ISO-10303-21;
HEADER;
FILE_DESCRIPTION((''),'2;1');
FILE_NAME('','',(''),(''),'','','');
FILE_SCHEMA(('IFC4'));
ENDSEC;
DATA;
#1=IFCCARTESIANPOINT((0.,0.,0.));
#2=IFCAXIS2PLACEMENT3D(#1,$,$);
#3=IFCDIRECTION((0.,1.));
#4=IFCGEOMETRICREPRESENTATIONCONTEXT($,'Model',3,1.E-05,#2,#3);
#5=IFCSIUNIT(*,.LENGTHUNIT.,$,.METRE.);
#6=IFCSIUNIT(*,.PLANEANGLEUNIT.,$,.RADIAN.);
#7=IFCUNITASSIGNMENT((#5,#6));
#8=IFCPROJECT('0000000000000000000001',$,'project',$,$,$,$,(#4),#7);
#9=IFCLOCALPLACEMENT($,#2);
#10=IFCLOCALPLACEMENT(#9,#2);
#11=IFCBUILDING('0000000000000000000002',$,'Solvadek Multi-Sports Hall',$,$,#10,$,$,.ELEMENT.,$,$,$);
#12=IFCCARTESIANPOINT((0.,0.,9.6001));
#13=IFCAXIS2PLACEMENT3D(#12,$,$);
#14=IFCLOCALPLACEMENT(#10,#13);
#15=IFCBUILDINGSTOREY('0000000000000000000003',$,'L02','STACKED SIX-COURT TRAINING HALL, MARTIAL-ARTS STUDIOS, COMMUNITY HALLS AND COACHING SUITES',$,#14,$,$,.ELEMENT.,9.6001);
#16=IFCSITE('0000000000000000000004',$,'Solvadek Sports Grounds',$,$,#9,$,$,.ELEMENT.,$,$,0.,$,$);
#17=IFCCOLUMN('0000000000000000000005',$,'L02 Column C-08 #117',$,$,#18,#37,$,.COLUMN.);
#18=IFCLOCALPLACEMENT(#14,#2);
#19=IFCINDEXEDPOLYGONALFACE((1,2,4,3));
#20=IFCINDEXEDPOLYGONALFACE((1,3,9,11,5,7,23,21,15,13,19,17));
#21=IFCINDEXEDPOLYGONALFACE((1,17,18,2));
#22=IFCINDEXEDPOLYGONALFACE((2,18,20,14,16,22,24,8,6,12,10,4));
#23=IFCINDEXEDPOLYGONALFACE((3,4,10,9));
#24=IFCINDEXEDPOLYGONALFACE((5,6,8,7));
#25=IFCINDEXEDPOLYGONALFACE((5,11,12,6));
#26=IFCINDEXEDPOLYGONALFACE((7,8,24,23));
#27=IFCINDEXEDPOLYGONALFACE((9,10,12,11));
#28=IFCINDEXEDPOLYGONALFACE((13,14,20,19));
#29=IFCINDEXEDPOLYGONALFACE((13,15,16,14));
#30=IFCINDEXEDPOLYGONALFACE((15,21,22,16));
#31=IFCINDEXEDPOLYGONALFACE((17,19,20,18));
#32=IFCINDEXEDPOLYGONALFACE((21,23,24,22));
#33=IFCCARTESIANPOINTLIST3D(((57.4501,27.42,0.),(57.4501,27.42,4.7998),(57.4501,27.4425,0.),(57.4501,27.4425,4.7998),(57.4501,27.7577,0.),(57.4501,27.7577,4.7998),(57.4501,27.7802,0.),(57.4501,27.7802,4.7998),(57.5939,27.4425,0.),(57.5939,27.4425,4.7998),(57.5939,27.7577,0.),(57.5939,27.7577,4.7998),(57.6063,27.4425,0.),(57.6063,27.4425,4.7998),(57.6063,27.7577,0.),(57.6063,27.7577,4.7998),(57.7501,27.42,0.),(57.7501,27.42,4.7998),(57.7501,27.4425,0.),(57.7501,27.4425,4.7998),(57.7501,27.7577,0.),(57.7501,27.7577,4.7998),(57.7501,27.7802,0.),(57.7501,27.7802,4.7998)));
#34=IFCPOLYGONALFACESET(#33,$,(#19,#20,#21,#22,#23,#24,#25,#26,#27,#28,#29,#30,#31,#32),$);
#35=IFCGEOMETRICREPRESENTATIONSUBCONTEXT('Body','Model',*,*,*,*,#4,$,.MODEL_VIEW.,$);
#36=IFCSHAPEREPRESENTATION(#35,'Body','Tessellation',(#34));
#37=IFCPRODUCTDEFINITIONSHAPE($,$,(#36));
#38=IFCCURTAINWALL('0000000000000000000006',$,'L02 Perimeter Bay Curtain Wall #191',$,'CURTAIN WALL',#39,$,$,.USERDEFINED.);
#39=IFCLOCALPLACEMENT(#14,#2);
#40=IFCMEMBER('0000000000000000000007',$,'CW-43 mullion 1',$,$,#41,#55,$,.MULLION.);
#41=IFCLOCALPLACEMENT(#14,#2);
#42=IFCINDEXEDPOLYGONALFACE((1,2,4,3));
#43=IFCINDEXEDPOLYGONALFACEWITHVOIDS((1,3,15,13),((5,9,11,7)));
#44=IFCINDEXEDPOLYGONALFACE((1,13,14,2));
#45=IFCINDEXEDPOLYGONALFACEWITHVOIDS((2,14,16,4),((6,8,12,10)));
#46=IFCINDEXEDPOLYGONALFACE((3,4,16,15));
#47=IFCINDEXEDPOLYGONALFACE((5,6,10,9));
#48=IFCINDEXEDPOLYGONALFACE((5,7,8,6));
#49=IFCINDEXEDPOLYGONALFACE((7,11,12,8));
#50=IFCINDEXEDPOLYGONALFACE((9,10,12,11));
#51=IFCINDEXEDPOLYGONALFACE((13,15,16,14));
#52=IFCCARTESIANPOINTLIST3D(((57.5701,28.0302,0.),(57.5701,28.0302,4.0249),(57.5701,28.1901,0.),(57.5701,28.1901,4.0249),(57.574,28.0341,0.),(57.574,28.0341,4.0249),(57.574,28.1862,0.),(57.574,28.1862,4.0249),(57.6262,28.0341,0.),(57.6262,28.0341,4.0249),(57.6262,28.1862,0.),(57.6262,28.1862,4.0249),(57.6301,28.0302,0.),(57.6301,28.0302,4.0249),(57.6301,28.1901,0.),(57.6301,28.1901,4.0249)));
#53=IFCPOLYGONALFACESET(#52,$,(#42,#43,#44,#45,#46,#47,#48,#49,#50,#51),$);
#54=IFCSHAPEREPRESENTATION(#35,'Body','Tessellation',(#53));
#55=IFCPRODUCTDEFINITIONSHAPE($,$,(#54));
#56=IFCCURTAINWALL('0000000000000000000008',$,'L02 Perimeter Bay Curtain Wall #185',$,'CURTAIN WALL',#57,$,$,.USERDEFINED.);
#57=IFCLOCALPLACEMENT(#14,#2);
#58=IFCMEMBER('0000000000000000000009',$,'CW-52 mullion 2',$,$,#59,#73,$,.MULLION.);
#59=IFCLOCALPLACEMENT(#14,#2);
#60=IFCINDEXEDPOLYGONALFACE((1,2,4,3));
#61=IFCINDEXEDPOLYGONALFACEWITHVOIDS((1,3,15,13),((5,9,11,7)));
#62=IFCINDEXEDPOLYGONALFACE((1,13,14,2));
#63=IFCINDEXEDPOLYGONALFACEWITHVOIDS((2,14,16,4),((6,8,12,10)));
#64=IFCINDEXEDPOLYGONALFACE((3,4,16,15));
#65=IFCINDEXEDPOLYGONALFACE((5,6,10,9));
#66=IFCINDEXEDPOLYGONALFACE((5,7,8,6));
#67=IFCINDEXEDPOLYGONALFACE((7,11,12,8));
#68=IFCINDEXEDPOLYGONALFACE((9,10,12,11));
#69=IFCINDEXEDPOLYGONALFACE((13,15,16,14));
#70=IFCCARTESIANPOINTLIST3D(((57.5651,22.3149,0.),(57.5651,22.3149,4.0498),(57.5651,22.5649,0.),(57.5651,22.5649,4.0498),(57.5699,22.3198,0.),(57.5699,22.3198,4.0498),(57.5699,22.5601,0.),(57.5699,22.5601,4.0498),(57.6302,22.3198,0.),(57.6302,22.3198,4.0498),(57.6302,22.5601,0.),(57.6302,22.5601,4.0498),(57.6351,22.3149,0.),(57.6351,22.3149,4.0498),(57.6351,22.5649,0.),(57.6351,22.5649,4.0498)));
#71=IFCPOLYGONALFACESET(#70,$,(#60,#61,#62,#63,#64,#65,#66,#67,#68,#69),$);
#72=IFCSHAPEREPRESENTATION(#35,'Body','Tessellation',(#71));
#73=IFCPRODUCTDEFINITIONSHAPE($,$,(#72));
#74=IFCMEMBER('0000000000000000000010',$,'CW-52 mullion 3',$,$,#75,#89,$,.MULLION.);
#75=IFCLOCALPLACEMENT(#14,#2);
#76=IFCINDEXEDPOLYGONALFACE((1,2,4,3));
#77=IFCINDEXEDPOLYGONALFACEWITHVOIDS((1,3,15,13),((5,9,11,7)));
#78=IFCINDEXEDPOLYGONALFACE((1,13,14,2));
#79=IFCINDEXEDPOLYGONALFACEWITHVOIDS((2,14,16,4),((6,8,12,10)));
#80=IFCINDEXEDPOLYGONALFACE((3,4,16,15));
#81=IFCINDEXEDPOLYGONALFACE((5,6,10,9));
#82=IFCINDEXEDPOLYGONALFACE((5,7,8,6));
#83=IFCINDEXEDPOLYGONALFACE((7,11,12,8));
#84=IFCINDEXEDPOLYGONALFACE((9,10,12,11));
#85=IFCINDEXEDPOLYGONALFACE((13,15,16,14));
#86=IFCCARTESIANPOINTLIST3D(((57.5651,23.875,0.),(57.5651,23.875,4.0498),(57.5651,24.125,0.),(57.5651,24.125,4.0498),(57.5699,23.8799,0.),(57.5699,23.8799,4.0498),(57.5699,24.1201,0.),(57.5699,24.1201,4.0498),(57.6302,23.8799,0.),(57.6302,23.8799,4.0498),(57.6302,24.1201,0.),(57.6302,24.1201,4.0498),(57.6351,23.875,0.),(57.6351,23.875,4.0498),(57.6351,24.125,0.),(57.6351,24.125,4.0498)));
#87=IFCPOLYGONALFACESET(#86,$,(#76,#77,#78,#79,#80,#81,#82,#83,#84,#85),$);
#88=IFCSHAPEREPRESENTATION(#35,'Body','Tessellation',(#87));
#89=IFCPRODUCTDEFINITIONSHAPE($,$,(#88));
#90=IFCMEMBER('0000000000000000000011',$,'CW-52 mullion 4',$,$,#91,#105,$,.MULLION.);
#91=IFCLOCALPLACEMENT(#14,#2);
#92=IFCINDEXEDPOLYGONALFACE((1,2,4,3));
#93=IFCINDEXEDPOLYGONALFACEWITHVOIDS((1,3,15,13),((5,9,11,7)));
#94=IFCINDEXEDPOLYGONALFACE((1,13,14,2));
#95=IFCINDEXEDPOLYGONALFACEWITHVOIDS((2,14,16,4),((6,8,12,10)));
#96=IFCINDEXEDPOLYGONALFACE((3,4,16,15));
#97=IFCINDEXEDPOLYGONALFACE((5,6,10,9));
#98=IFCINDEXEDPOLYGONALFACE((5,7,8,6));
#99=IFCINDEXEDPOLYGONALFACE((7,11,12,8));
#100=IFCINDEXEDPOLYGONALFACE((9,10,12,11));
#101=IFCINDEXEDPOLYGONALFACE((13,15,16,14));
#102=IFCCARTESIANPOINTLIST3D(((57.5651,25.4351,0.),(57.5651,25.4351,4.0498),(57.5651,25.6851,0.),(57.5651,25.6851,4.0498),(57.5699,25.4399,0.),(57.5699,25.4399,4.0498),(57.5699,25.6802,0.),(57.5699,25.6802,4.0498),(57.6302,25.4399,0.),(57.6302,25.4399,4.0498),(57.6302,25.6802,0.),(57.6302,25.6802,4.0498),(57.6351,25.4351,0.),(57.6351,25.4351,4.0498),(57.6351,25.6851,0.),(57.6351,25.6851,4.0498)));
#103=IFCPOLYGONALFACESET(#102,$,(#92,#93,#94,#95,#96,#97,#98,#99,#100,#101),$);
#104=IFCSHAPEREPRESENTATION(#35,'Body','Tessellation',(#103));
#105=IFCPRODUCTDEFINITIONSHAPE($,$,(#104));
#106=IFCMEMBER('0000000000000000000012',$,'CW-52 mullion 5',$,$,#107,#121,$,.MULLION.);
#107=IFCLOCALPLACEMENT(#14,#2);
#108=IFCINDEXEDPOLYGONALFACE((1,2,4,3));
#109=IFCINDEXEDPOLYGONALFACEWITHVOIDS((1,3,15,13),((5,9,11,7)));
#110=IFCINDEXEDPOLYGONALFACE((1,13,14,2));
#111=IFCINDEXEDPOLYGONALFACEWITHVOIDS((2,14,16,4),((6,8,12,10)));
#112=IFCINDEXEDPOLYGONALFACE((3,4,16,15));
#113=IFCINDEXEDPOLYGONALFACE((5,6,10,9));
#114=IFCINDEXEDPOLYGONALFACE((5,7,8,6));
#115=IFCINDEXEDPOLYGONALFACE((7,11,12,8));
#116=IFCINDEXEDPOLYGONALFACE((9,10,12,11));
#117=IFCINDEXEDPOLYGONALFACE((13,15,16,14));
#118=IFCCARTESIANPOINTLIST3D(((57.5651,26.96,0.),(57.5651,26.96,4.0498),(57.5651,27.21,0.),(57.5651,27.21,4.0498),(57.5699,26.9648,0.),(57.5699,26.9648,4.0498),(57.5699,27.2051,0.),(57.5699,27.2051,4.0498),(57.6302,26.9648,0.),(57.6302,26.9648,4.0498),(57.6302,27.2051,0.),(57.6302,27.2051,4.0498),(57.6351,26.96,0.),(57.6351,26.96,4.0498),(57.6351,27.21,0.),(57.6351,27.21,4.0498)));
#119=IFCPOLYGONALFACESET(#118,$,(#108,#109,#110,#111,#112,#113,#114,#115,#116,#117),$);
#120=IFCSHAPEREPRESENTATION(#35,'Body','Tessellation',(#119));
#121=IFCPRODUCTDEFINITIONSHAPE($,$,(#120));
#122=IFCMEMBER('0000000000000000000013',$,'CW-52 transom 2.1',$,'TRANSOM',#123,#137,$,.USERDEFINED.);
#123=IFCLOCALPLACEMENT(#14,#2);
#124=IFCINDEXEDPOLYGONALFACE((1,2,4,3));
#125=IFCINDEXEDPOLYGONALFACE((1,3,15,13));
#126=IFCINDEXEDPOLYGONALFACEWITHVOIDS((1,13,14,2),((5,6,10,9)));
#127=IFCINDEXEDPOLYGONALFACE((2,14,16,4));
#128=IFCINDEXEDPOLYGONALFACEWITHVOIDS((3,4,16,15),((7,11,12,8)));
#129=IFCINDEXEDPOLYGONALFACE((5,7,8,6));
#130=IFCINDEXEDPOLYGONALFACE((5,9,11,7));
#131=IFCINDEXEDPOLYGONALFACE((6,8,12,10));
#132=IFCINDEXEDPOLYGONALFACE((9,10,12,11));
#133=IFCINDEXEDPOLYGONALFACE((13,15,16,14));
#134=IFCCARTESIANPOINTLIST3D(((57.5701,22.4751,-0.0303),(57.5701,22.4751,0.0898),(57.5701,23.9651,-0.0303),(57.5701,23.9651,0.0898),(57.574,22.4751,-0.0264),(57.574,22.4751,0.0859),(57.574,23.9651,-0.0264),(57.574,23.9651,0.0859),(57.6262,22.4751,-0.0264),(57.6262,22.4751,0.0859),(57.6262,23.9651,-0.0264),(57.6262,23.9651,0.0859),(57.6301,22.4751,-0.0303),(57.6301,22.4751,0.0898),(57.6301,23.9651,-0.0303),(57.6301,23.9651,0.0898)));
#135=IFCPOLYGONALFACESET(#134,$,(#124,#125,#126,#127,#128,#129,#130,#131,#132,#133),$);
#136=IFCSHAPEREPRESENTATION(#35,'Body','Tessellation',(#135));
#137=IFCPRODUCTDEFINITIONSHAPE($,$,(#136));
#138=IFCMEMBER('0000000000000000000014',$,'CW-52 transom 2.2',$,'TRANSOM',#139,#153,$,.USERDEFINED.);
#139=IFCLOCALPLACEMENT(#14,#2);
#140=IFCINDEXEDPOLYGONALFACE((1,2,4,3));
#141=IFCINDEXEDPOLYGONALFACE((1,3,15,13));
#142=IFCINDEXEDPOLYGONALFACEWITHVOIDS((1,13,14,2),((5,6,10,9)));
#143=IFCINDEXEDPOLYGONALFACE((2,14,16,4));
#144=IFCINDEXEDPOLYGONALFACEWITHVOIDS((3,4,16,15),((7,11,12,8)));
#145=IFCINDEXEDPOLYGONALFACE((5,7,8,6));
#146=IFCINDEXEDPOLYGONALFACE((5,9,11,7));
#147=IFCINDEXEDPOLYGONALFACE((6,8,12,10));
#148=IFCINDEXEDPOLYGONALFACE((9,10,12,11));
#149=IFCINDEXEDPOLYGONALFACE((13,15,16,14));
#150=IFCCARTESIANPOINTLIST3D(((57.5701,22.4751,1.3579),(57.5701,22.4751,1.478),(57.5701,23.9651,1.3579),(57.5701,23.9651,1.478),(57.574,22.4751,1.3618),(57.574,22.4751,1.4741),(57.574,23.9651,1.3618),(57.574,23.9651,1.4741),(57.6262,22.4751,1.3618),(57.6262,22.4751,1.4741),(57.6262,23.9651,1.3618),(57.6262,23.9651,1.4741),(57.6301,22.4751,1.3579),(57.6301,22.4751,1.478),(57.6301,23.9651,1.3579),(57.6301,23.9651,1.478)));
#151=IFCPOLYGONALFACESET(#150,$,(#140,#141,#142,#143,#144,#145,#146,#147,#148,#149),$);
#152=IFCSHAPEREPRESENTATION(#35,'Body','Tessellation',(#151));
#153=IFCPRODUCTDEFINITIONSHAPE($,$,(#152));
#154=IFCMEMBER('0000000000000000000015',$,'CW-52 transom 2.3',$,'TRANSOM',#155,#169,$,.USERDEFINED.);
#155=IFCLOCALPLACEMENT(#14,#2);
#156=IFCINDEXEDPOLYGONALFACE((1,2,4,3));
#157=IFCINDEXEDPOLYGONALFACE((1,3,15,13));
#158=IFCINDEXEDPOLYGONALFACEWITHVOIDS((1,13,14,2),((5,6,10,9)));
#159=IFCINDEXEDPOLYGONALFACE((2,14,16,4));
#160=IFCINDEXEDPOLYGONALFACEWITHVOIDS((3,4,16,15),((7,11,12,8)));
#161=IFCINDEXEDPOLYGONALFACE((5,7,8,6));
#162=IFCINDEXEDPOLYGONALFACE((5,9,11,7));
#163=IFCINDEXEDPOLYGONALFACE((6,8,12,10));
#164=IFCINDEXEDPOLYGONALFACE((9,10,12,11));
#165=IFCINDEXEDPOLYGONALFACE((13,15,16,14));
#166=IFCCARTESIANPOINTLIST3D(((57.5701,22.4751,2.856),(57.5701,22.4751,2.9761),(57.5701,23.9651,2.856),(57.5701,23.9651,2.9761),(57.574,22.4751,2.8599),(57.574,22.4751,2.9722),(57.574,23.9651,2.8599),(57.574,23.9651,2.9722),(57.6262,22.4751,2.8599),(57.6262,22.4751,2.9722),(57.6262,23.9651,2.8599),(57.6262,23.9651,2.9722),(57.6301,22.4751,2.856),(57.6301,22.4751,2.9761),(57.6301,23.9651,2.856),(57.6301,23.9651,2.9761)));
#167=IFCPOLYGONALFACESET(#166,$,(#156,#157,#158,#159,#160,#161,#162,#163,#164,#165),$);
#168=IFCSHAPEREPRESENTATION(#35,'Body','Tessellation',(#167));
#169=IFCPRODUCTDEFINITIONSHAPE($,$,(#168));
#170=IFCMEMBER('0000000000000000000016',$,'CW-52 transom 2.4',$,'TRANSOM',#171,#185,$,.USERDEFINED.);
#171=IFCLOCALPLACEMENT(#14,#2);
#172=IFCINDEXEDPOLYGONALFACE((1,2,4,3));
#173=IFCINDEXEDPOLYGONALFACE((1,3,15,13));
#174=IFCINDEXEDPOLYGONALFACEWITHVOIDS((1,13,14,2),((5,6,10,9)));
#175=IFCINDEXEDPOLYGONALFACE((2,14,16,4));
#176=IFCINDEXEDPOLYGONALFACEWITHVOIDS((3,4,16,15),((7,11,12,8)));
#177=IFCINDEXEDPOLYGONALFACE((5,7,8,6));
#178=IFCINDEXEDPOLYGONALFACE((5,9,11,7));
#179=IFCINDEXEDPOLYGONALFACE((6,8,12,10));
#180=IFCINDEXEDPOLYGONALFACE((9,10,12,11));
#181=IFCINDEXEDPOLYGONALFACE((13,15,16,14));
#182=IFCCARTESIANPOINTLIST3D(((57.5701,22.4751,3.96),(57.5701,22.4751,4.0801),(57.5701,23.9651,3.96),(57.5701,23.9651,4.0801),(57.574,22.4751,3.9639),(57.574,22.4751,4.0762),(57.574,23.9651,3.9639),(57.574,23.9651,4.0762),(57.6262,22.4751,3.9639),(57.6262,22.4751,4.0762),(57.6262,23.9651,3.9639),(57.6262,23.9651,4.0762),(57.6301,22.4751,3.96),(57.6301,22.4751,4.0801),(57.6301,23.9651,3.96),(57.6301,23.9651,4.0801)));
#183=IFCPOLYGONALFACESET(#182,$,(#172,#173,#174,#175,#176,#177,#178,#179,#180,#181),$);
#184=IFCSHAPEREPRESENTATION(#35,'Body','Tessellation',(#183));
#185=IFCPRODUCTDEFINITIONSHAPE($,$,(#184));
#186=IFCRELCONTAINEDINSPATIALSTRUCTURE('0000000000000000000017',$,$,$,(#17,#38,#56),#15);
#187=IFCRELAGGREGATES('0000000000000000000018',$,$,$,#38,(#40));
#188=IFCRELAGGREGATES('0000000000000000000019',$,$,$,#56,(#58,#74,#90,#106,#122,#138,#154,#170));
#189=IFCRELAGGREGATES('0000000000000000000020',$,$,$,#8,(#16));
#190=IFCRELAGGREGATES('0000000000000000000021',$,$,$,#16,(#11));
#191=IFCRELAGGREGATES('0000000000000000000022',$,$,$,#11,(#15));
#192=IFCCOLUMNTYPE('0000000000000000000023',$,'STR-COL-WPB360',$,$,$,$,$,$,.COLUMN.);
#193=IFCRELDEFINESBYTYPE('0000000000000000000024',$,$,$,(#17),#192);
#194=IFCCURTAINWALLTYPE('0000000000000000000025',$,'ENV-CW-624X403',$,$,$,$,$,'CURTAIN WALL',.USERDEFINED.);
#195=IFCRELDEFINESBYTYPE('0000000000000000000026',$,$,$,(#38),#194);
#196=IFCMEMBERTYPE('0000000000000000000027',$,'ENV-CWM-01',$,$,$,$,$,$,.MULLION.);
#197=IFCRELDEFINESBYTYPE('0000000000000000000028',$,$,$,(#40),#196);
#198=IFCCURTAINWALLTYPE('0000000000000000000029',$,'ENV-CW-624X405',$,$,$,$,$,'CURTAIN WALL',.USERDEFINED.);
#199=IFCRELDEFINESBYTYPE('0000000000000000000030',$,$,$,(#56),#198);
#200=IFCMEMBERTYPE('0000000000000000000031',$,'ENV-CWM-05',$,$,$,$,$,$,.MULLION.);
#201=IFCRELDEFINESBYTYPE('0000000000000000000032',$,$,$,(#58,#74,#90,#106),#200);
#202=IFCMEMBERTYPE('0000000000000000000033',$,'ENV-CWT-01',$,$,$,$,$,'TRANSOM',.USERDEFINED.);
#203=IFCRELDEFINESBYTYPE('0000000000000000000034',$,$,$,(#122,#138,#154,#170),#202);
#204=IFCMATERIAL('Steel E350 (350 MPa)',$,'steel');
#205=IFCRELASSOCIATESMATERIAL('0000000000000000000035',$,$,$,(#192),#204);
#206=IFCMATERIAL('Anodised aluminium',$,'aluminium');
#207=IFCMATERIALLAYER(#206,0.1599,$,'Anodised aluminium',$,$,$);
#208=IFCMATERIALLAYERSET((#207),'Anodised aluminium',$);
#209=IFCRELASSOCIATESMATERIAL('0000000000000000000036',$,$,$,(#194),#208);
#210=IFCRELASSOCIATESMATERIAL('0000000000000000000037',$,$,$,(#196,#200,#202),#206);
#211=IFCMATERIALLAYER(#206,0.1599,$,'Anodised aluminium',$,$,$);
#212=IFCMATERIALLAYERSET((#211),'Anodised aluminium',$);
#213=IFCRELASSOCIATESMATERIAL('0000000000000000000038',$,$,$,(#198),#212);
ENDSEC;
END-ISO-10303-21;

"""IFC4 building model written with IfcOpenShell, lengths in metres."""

from ifc_helpers import new_model, si_unit, direction, frame, origin, origin_2d, place, context, subcontext, project, spatial, hollow_rectangle, i_section, extrude, material, layer, layer_set, material_profile, profile_set, type_object, element, aggregate, save


model = new_model("IFC4")

# Units and contexts
model_context = context("Model", 3, precision=1e-05, world=origin(), true_north=direction((0.0, 1.0)))
body_context = subcontext(model_context, "Body", "Model", "MODEL_VIEW")
ifc_project = project(units=[si_unit("LENGTHUNIT", "METRE"), si_unit("PLANEANGLEUNIT", "RADIAN")], contexts=[model_context])

# Site, building, storey
site_placement = place(None, origin())
site = spatial("IfcSite", under=ifc_project, at=site_placement, Name="Solvadek Sports Grounds", CompositionType="ELEMENT", RefElevation=0.0)
building_placement = place(site_placement, origin())
building = spatial("IfcBuilding", under=site, at=building_placement, Name="Solvadek Multi-Sports Hall", CompositionType="ELEMENT")
storey_placement = place(building_placement, frame((0.0, 0.0, 9.6001)))
storey = spatial("IfcBuildingStorey", under=building, at=storey_placement, Name="L02", Description="STACKED SIX-COURT TRAINING HALL, MARTIAL-ARTS STUDIOS, COMMUNITY HALLS AND COACHING SUITES", CompositionType="ELEMENT", Elevation=9.6001)

# Column
ifc_material_1 = material(Name="Steel E350 (350 MPa)", Category="steel")
ifc_material_profile_1 = material_profile(ifc_material_1, i_section(OverallWidth=0.3, OverallDepth=0.3601, WebThickness=0.0125, FlangeThickness=0.0225, at=origin_2d()), Name="WPB 360")
ifc_profile_set_1 = profile_set([ifc_material_profile_1], Name="Steel E350 (350 MPa)")
column_type = type_object("IfcColumnType", Name="STR-COL-WPB360", PredefinedType="COLUMN", material=ifc_profile_set_1)
column_placement = place(storey_placement, frame((57.6001, 27.6001, 0.0), z_axis=(0.0, 0.0, 1.0), x_axis=(1.0, 0.0, 0.0)))
element("IfcColumn", 1, at=column_placement, inside=storey, type_object=column_type, Name="L02 Column C-08 #117", PredefinedType="COLUMN", context=body_context, shape_type="SweptSolid", body=[
    extrude(i_section(OverallWidth=0.3, OverallDepth=0.3601, WebThickness=0.0125, FlangeThickness=0.0225, at=origin_2d()), origin(), (0.0, 0.0, 1.0), 4.7998),
])

# Curtain wall, member
ifc_material_2 = material(Name="Anodised aluminium", Category="aluminium")
ifc_layer_1 = layer(ifc_material_2, 0.1599, Name="Anodised aluminium")
ifc_layer_set_1 = layer_set([ifc_layer_1], Name="Anodised aluminium")
curtain_wall_type_1 = type_object("IfcCurtainWallType", Name="ENV-CW-624X403", ElementType="CURTAIN WALL", PredefinedType="USERDEFINED", material=ifc_layer_set_1)
curtain_wall_1_placement = place(storey_placement, origin())
curtain_wall_1 = element("IfcCurtainWall", 2, at=curtain_wall_1_placement, inside=storey, type_object=curtain_wall_type_1, Name="L02 Perimeter Bay Curtain Wall #191", ObjectType="CURTAIN WALL", PredefinedType="USERDEFINED")
ifc_material_profile_2 = material_profile(ifc_material_2, hollow_rectangle(XDim=0.0601, YDim=0.1599, WallThickness=0.0039, at=origin_2d()), Name="ALU-M 160x60x4")
ifc_profile_set_2 = profile_set([ifc_material_profile_2], Name="Anodised aluminium")
member_type_1 = type_object("IfcMemberType", Name="ENV-CWM-01", PredefinedType="MULLION", material=ifc_profile_set_2)
member_1_placement = place(storey_placement, frame((57.6001, 28.1101, 0.0), z_axis=(0.0, 0.0, 1.0), x_axis=(-1.0, 0.0, 0.0)))
member_1 = element("IfcMember", 3, at=member_1_placement, type_object=member_type_1, Name="CW-43 mullion 1", PredefinedType="MULLION", context=body_context, shape_type="SweptSolid", body=[
    extrude(hollow_rectangle(XDim=0.0601, YDim=0.1599, WallThickness=0.0039, at=origin_2d()), origin(), (0.0, 0.0, 1.0), 4.0249),
])
aggregate(curtain_wall_1, [member_1])

# Curtain wall, members
ifc_layer_2 = layer(ifc_material_2, 0.1599, Name="Anodised aluminium")
ifc_layer_set_2 = layer_set([ifc_layer_2], Name="Anodised aluminium")
curtain_wall_type_2 = type_object("IfcCurtainWallType", Name="ENV-CW-624X405", ElementType="CURTAIN WALL", PredefinedType="USERDEFINED", material=ifc_layer_set_2)
curtain_wall_2_placement = place(storey_placement, origin())
curtain_wall_2 = element("IfcCurtainWall", 4, at=curtain_wall_2_placement, inside=storey, type_object=curtain_wall_type_2, Name="L02 Perimeter Bay Curtain Wall #185", ObjectType="CURTAIN WALL", PredefinedType="USERDEFINED")
ifc_material_profile_3 = material_profile(ifc_material_2, hollow_rectangle(XDim=0.0701, YDim=0.25, WallThickness=0.0049, at=origin_2d()), Name="ALU-M 250x70x5")
ifc_profile_set_3 = profile_set([ifc_material_profile_3], Name="Anodised aluminium")
member_type_2 = type_object("IfcMemberType", Name="ENV-CWM-05", PredefinedType="MULLION", material=ifc_profile_set_3)
member_2_placement = place(storey_placement, frame((57.6001, 22.4399, 0.0), z_axis=(0.0, 0.0, 1.0), x_axis=(-1.0, 0.0, 0.0)))
member_2 = element("IfcMember", 5, at=member_2_placement, type_object=member_type_2, Name="CW-52 mullion 2", PredefinedType="MULLION", context=body_context, shape_type="SweptSolid", body=[
    extrude(hollow_rectangle(XDim=0.0701, YDim=0.25, WallThickness=0.0049, at=origin_2d()), origin(), (0.0, 0.0, 1.0), 4.0498),
])
member_3_placement = place(storey_placement, frame((57.6001, 24.0, 0.0), z_axis=(0.0, 0.0, 1.0), x_axis=(-1.0, 0.0, 0.0)))
member_3 = element("IfcMember", 6, at=member_3_placement, type_object=member_type_2, Name="CW-52 mullion 3", PredefinedType="MULLION", context=body_context, shape_type="SweptSolid", body=[
    extrude(hollow_rectangle(XDim=0.0701, YDim=0.25, WallThickness=0.0049, at=origin_2d()), origin(), (0.0, 0.0, 1.0), 4.0498),
])
member_4_placement = place(storey_placement, frame((57.6001, 25.5601, 0.0), z_axis=(0.0, 0.0, 1.0), x_axis=(-1.0, 0.0, 0.0)))
member_4 = element("IfcMember", 7, at=member_4_placement, type_object=member_type_2, Name="CW-52 mullion 4", PredefinedType="MULLION", context=body_context, shape_type="SweptSolid", body=[
    extrude(hollow_rectangle(XDim=0.0701, YDim=0.25, WallThickness=0.0049, at=origin_2d()), origin(), (0.0, 0.0, 1.0), 4.0498),
])
member_5_placement = place(storey_placement, frame((57.6001, 27.085, 0.0), z_axis=(0.0, 0.0, 1.0), x_axis=(-1.0, 0.0, 0.0)))
member_5 = element("IfcMember", 8, at=member_5_placement, type_object=member_type_2, Name="CW-52 mullion 5", PredefinedType="MULLION", context=body_context, shape_type="SweptSolid", body=[
    extrude(hollow_rectangle(XDim=0.0701, YDim=0.25, WallThickness=0.0049, at=origin_2d()), origin(), (0.0, 0.0, 1.0), 4.0498),
])
ifc_material_profile_4 = material_profile(ifc_material_2, hollow_rectangle(XDim=0.0601, YDim=0.1201, WallThickness=0.0039, at=origin_2d()), Name="ALU-T 120x60x4")
ifc_profile_set_4 = profile_set([ifc_material_profile_4], Name="Anodised aluminium")
member_type_3 = type_object("IfcMemberType", Name="ENV-CWT-01", ElementType="TRANSOM", PredefinedType="USERDEFINED", material=ifc_profile_set_4)
member_6_placement = place(storey_placement, frame((57.6001, 22.4751, 0.0298), z_axis=(0.0, 1.0, 0.0), x_axis=(-1.0, 0.0, 0.0)))
member_6 = element("IfcMember", 9, at=member_6_placement, type_object=member_type_3, Name="CW-52 transom 2.1", ObjectType="TRANSOM", PredefinedType="USERDEFINED", context=body_context, shape_type="SweptSolid", body=[
    extrude(hollow_rectangle(XDim=0.0601, YDim=0.1201, WallThickness=0.0039, at=origin_2d()), origin(), (0.0, 0.0, 1.0), 1.49),
])
member_7_placement = place(storey_placement, frame((57.6001, 22.4751, 1.418), z_axis=(0.0, 1.0, 0.0), x_axis=(-1.0, 0.0, 0.0)))
member_7 = element("IfcMember", 10, at=member_7_placement, type_object=member_type_3, Name="CW-52 transom 2.2", ObjectType="TRANSOM", PredefinedType="USERDEFINED", context=body_context, shape_type="SweptSolid", body=[
    extrude(hollow_rectangle(XDim=0.0601, YDim=0.1201, WallThickness=0.0039, at=origin_2d()), origin(), (0.0, 0.0, 1.0), 1.49),
])
member_8_placement = place(storey_placement, frame((57.6001, 22.4751, 2.916), z_axis=(0.0, 1.0, 0.0), x_axis=(-1.0, 0.0, 0.0)))
member_8 = element("IfcMember", 11, at=member_8_placement, type_object=member_type_3, Name="CW-52 transom 2.3", ObjectType="TRANSOM", PredefinedType="USERDEFINED", context=body_context, shape_type="SweptSolid", body=[
    extrude(hollow_rectangle(XDim=0.0601, YDim=0.1201, WallThickness=0.0039, at=origin_2d()), origin(), (0.0, 0.0, 1.0), 1.49),
])
member_9_placement = place(storey_placement, frame((57.6001, 22.4751, 4.02), z_axis=(0.0, 1.0, 0.0), x_axis=(-1.0, 0.0, 0.0)))
member_9 = element("IfcMember", 12, at=member_9_placement, type_object=member_type_3, Name="CW-52 transom 2.4", ObjectType="TRANSOM", PredefinedType="USERDEFINED", context=body_context, shape_type="SweptSolid", body=[
    extrude(hollow_rectangle(XDim=0.0601, YDim=0.1201, WallThickness=0.0039, at=origin_2d()), origin(), (0.0, 0.0, 1.0), 1.49),
])

aggregate(curtain_wall_2, [member_2, member_3, member_4, member_5, member_6, member_7, member_8, member_9])

save(model, "model.ifc")
